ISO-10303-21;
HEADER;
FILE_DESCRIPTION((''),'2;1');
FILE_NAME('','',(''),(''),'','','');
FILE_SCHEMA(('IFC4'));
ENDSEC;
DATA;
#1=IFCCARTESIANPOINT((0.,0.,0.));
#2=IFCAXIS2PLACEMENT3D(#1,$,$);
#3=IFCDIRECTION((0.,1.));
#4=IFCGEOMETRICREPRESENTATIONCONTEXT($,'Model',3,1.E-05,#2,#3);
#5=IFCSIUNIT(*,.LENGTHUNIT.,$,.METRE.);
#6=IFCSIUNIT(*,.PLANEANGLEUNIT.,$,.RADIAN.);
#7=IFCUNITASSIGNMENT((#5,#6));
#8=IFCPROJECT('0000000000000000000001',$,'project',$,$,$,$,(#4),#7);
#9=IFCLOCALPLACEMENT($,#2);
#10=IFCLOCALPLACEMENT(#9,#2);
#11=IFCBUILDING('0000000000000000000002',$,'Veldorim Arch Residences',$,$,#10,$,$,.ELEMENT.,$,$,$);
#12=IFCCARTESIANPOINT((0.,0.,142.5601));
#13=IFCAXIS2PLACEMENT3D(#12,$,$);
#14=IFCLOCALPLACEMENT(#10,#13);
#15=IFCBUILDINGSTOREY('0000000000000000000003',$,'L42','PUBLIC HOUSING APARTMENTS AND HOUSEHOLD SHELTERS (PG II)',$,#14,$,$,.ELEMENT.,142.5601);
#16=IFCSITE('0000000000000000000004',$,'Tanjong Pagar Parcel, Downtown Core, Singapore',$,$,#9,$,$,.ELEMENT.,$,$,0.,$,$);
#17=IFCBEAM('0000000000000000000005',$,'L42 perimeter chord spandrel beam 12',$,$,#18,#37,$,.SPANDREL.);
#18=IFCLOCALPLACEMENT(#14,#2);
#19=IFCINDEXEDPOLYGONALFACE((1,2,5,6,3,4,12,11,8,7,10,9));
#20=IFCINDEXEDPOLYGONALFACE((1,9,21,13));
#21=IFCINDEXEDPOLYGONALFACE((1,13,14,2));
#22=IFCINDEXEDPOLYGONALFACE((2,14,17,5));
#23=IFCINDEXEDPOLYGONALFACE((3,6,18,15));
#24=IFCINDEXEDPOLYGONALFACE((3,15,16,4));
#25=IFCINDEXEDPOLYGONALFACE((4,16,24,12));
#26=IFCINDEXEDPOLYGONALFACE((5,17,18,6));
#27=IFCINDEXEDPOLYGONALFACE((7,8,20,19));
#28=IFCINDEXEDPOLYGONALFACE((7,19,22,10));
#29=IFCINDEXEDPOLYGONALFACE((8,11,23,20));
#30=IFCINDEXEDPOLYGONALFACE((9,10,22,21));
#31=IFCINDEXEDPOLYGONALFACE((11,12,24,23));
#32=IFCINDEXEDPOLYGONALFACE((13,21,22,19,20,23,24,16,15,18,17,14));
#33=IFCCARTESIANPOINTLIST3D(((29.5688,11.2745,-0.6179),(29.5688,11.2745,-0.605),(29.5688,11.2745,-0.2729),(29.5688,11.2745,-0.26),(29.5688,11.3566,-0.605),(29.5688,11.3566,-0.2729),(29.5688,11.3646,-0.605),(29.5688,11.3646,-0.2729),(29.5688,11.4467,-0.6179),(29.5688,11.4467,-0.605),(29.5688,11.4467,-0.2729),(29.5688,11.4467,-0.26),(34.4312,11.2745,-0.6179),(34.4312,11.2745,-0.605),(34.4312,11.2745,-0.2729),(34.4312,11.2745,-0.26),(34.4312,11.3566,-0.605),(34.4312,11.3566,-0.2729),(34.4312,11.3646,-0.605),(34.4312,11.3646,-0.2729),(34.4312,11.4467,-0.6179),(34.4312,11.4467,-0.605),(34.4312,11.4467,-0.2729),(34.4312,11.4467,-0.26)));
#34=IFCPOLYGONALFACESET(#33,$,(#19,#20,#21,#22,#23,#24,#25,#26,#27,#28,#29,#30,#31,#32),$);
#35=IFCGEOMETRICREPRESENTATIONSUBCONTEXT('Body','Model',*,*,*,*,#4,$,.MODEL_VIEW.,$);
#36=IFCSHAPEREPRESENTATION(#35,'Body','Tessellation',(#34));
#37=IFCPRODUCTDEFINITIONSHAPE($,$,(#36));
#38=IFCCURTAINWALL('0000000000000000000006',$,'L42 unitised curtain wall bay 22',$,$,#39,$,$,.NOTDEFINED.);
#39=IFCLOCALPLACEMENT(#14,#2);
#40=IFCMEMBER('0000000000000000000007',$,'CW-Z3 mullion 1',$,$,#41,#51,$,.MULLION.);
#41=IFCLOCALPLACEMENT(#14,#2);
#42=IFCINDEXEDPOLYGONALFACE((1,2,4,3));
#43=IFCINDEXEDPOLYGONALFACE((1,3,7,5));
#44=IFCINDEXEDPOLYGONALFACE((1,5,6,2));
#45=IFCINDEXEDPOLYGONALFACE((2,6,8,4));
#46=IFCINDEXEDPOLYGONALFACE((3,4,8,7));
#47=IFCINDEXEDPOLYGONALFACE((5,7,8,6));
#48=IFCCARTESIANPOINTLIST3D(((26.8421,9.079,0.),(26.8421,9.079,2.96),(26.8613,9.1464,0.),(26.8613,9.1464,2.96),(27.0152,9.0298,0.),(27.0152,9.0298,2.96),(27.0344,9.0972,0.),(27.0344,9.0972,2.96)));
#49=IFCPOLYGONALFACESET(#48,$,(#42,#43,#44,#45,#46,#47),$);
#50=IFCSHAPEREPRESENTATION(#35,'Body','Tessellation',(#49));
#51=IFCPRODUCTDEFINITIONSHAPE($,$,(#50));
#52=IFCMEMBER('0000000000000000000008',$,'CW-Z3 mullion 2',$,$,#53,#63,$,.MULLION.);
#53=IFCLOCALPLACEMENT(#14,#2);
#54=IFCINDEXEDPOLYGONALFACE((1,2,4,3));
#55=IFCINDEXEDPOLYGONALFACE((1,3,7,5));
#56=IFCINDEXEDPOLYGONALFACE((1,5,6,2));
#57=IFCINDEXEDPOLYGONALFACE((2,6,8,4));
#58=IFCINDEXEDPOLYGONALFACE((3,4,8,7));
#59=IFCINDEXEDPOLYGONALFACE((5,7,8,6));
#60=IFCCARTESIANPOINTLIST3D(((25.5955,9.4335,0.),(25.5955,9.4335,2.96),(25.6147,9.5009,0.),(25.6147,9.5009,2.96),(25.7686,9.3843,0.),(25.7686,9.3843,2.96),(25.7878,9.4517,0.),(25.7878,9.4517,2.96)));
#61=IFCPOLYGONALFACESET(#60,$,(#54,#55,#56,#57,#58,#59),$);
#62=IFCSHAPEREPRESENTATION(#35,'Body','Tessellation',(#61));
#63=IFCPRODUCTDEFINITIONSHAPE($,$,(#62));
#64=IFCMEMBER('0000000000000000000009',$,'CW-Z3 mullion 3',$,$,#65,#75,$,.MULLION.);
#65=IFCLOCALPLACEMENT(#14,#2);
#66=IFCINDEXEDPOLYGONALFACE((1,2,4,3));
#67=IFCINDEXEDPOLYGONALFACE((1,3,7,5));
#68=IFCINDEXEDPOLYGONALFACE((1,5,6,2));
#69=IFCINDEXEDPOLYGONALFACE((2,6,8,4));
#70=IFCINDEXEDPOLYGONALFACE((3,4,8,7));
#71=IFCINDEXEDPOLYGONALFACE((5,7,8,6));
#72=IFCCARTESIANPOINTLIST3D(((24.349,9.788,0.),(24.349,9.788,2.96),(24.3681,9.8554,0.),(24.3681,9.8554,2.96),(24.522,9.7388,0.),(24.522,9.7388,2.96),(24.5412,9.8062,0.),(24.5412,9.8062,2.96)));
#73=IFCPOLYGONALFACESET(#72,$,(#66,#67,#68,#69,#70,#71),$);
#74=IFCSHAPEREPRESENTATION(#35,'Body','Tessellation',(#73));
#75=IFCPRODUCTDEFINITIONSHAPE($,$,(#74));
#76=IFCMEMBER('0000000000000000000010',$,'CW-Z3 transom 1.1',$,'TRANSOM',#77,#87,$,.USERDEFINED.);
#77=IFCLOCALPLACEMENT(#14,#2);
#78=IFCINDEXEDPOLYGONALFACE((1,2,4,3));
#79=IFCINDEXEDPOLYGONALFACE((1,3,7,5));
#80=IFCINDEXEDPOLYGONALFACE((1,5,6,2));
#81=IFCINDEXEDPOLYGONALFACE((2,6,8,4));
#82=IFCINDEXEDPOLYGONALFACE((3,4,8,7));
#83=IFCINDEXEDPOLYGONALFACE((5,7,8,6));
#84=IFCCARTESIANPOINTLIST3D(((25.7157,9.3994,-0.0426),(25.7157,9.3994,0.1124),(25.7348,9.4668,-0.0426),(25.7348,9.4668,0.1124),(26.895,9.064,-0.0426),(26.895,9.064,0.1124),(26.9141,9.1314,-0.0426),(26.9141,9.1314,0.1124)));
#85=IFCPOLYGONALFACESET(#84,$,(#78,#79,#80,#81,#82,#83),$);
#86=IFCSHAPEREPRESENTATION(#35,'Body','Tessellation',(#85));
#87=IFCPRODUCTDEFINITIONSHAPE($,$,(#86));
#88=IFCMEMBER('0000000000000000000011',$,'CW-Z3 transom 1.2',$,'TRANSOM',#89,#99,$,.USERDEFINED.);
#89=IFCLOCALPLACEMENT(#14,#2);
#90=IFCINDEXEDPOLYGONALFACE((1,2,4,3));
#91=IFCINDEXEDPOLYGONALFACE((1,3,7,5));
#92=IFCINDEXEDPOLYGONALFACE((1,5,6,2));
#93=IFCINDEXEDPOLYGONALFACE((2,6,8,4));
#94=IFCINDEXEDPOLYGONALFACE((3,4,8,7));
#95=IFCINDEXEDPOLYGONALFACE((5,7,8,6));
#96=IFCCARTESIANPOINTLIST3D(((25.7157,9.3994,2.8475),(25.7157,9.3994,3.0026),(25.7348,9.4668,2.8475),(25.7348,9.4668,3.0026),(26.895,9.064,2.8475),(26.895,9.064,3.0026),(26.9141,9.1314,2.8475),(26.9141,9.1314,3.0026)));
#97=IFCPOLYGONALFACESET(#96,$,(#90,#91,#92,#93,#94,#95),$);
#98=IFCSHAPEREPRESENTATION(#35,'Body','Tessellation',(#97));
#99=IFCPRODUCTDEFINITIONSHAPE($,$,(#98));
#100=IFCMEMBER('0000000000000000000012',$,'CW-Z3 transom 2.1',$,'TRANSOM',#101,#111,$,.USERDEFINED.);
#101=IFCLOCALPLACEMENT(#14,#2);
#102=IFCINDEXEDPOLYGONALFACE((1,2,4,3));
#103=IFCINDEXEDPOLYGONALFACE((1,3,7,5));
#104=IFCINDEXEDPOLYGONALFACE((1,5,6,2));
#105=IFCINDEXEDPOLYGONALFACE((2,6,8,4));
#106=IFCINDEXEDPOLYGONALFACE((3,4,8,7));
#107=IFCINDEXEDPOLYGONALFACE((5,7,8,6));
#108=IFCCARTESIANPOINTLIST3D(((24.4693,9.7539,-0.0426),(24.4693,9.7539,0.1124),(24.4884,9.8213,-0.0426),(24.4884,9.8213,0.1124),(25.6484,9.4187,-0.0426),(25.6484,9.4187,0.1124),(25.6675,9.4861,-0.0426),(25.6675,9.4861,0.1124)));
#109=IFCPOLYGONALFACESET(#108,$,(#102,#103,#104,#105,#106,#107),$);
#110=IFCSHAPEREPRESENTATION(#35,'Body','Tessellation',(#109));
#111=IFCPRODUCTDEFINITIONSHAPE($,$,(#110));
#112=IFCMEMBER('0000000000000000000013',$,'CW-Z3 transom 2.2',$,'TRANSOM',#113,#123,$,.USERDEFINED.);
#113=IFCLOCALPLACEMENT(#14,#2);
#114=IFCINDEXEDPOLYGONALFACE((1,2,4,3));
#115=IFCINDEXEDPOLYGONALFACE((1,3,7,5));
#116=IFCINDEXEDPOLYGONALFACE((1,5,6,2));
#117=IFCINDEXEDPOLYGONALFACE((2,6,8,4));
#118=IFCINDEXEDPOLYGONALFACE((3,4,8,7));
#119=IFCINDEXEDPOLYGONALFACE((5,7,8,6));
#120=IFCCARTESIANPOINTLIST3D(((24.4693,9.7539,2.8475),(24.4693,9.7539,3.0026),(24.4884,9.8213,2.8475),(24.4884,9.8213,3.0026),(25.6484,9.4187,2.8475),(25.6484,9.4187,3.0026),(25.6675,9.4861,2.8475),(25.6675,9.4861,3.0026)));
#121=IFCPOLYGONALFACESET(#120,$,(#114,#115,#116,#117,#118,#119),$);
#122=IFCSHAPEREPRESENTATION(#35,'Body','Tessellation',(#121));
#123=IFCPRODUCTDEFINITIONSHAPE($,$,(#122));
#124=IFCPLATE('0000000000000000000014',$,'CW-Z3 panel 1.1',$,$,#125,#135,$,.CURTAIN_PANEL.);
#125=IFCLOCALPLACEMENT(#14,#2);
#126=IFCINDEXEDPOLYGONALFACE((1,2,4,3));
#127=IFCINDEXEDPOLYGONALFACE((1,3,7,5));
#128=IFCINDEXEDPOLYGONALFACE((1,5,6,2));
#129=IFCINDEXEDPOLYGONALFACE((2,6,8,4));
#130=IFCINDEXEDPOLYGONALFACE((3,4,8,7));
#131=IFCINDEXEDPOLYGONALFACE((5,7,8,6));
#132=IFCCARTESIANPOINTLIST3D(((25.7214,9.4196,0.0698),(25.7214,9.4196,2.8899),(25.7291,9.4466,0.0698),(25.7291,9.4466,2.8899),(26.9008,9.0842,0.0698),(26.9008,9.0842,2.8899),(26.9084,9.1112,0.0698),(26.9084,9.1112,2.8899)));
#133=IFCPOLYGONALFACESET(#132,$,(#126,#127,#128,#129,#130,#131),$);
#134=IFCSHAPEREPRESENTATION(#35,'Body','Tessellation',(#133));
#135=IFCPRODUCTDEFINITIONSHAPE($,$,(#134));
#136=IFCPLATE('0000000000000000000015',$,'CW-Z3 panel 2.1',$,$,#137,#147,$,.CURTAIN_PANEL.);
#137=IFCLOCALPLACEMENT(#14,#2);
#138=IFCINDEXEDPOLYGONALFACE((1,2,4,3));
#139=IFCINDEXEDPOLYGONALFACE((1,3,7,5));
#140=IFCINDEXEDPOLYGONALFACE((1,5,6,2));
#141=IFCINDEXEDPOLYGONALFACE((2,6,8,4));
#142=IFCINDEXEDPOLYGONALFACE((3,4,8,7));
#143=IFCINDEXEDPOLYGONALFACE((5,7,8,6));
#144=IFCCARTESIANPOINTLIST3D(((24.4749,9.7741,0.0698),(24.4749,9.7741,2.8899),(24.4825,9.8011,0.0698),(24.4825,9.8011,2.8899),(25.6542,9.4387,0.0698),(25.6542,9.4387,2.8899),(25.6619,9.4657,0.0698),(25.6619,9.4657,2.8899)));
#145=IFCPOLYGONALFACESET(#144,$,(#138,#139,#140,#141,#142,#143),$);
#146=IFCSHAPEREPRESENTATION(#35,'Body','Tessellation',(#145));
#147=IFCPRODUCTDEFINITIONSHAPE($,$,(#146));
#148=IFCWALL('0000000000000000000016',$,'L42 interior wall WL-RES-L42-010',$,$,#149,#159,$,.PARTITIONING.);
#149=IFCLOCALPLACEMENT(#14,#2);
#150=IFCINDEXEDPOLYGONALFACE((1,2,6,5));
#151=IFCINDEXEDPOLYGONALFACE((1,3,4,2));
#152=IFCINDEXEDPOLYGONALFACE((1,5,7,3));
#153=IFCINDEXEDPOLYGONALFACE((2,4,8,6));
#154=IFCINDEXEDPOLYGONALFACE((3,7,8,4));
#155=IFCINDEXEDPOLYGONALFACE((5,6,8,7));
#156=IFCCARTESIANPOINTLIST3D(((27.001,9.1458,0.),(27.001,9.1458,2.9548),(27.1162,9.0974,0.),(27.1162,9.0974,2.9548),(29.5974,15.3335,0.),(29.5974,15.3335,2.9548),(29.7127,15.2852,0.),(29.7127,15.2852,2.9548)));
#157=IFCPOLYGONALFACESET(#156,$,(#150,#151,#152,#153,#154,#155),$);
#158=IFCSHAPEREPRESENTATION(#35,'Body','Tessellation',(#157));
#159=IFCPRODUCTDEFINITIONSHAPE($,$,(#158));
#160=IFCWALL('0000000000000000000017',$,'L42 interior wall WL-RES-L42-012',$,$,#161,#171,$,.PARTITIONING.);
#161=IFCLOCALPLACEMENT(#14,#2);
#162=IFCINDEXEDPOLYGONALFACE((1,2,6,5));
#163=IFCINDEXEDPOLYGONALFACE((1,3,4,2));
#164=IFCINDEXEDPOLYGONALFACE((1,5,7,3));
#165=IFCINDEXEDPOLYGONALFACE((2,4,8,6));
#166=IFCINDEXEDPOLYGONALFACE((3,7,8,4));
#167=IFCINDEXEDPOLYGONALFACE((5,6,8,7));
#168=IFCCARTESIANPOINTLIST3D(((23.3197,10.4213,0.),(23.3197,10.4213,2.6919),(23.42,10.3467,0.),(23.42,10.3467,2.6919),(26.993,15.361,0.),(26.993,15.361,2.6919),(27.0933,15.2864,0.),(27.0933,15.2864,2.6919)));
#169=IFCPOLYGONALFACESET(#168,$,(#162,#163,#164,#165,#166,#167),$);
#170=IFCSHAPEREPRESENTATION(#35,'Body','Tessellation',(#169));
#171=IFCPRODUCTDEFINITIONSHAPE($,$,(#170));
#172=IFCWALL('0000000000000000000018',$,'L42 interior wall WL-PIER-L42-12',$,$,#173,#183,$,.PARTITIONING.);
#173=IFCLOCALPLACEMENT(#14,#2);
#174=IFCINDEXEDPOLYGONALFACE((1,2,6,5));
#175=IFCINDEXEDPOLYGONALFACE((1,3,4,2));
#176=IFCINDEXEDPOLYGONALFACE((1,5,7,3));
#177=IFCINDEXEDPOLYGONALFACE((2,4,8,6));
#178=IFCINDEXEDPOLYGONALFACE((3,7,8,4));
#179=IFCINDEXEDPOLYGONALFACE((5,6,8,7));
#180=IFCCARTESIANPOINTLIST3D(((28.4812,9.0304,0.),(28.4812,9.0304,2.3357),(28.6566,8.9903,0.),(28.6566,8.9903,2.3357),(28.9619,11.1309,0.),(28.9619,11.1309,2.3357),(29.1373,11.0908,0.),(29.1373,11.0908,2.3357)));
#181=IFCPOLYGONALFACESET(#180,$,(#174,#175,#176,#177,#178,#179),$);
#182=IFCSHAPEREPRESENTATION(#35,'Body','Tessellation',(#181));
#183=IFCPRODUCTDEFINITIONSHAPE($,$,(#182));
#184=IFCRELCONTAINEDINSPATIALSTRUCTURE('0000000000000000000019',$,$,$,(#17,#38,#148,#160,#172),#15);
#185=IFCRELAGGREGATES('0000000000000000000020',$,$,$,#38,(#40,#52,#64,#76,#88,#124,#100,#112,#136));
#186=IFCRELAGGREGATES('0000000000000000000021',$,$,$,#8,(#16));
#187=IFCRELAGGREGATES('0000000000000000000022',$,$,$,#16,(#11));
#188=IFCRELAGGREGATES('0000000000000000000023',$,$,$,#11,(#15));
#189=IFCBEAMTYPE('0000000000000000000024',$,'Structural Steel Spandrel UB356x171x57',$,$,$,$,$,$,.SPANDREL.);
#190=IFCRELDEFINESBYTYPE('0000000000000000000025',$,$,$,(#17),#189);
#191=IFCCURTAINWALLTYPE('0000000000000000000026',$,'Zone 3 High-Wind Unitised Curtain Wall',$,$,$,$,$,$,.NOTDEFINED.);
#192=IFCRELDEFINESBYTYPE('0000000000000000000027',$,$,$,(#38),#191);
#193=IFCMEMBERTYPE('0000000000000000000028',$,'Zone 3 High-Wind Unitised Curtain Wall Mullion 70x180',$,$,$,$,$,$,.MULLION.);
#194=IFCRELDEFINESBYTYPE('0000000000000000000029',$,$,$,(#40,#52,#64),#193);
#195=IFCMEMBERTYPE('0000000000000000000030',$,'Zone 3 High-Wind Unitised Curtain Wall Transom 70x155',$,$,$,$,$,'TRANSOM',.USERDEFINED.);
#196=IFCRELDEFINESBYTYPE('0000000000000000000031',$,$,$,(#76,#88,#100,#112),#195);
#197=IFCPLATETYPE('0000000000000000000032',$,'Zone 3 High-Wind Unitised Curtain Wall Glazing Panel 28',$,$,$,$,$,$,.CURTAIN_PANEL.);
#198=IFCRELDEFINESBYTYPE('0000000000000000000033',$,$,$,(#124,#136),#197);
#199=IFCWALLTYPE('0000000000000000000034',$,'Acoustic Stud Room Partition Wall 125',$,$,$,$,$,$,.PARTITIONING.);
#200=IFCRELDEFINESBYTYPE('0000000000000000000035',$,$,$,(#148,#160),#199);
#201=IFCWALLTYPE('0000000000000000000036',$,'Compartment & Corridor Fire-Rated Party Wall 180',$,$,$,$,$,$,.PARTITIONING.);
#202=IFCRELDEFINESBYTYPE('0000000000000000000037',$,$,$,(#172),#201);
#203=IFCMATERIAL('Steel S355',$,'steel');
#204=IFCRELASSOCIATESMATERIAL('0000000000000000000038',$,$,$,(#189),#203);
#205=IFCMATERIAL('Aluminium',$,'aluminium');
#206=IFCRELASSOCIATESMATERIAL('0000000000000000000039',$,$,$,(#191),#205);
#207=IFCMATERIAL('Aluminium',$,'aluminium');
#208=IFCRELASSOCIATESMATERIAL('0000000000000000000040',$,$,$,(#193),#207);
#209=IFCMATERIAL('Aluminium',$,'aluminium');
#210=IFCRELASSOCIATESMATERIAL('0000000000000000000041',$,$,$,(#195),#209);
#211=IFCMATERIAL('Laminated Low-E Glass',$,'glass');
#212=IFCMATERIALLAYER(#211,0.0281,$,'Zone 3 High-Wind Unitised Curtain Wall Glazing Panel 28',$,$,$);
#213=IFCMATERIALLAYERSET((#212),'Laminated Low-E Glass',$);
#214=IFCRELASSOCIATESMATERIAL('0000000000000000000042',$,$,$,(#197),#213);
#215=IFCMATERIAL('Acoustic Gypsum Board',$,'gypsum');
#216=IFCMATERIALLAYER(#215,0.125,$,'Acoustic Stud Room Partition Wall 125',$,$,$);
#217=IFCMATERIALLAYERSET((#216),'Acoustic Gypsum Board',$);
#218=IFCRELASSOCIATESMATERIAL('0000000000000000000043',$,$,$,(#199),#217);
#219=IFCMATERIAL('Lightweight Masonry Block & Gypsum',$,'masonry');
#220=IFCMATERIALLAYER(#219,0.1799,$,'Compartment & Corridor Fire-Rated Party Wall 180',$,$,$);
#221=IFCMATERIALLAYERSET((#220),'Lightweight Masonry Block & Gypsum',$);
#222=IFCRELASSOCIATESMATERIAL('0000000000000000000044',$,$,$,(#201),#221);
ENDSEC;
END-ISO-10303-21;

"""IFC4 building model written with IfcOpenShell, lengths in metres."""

from ifc_helpers import new_model, si_unit, direction, frame, frame_2d, origin, origin_2d, place, context, subcontext, project, spatial, rectangle, i_section, extrude, material, layer, layer_set, material_profile, profile_set, type_object, element, aggregate, save


model = new_model("IFC4")

# Units and contexts
model_context = context("Model", 3, precision=1e-05, world=origin(), true_north=direction((0.0, 1.0)))
body_context = subcontext(model_context, "Body", "Model", "MODEL_VIEW")
ifc_project = project(units=[si_unit("LENGTHUNIT", "METRE"), si_unit("PLANEANGLEUNIT", "RADIAN")], contexts=[model_context])

# Site, building, storey
site_placement = place(None, origin())
site = spatial("IfcSite", under=ifc_project, at=site_placement, Name="Tanjong Pagar Parcel, Downtown Core, Singapore", CompositionType="ELEMENT", RefElevation=0.0)
building_placement = place(site_placement, origin())
building = spatial("IfcBuilding", under=site, at=building_placement, Name="Veldorim Arch Residences", CompositionType="ELEMENT")
storey_placement = place(building_placement, frame((0.0, 0.0, 142.5601)))
storey = spatial("IfcBuildingStorey", under=building, at=storey_placement, Name="L42", Description="PUBLIC HOUSING APARTMENTS AND HOUSEHOLD SHELTERS (PG II)", CompositionType="ELEMENT", Elevation=142.5601)

# Beam
ifc_material_1 = material(Name="Steel S355", Category="steel")
ifc_material_profile_1 = material_profile(ifc_material_1, i_section(OverallWidth=0.1721, OverallDepth=0.3579, WebThickness=0.0081, FlangeThickness=0.0129, at=origin_2d()), Name="UB356x171x57")
ifc_profile_set_1 = profile_set([ifc_material_profile_1], Name="Steel S355")
beam_type = type_object("IfcBeamType", Name="Structural Steel Spandrel UB356x171x57", PredefinedType="SPANDREL", material=ifc_profile_set_1)
beam_placement = place(storey_placement, frame((29.5688, 11.3606, -0.439), z_axis=(1.0, 0.0, 0.0), x_axis=(0.0, 1.0, 0.0)))
element("IfcBeam", 1, at=beam_placement, inside=storey, type_object=beam_type, Name="L42 perimeter chord spandrel beam 12", PredefinedType="SPANDREL", context=body_context, shape_type="SweptSolid", body=[
    extrude(i_section(OverallWidth=0.1721, OverallDepth=0.3579, WebThickness=0.0081, FlangeThickness=0.0129, at=origin_2d()), origin(), (0.0, 0.0, 1.0), 4.8623),
])

# Curtain wall, members, plates
ifc_material_2 = material(Name="Aluminium", Category="aluminium")
curtain_wall_type = type_object("IfcCurtainWallType", Name="Zone 3 High-Wind Unitised Curtain Wall", PredefinedType="NOTDEFINED", material=ifc_material_2)
curtain_wall_placement = place(storey_placement, origin())
curtain_wall = element("IfcCurtainWall", 2, at=curtain_wall_placement, inside=storey, type_object=curtain_wall_type, Name="L42 unitised curtain wall bay 22", PredefinedType="NOTDEFINED")
ifc_material_3 = material(Name="Aluminium", Category="aluminium")
ifc_material_profile_2 = material_profile(ifc_material_3, rectangle(XDim=0.0701, YDim=0.1799, at=origin_2d()), Name="ALU_MUL_70x180")
ifc_profile_set_2 = profile_set([ifc_material_profile_2], Name="Aluminium")
member_type_1 = type_object("IfcMemberType", Name="Zone 3 High-Wind Unitised Curtain Wall Mullion 70x180", PredefinedType="MULLION", material=ifc_profile_set_2)
member_1_placement = place(storey_placement, frame((26.9382, 9.0881, 0.0), z_axis=(0.0, 0.0, 1.0), x_axis=(-0.27355, -0.961858, 0.0)))
member_1 = element("IfcMember", 3, at=member_1_placement, type_object=member_type_1, Name="CW-Z3 mullion 1", PredefinedType="MULLION", context=body_context, shape_type="SweptSolid", body=[
    extrude(rectangle(XDim=0.0701, YDim=0.1799, at=origin_2d()), origin(), (0.0, 0.0, 1.0), 2.96),
])
member_2_placement = place(storey_placement, frame((25.6917, 9.4426, 0.0), z_axis=(0.0, 0.0, 1.0), x_axis=(-0.27355, -0.961858, 0.0)))
member_2 = element("IfcMember", 4, at=member_2_placement, type_object=member_type_1, Name="CW-Z3 mullion 2", PredefinedType="MULLION", context=body_context, shape_type="SweptSolid", body=[
    extrude(rectangle(XDim=0.0701, YDim=0.1799, at=origin_2d()), origin(), (0.0, 0.0, 1.0), 2.96),
])
member_3_placement = place(storey_placement, frame((24.4451, 9.7971, 0.0), z_axis=(0.0, 0.0, 1.0), x_axis=(-0.27355, -0.961858, 0.0)))
member_3 = element("IfcMember", 5, at=member_3_placement, type_object=member_type_1, Name="CW-Z3 mullion 3", PredefinedType="MULLION", context=body_context, shape_type="SweptSolid", body=[
    extrude(rectangle(XDim=0.0701, YDim=0.1799, at=origin_2d()), origin(), (0.0, 0.0, 1.0), 2.96),
])
ifc_material_4 = material(Name="Aluminium", Category="aluminium")
ifc_material_profile_3 = material_profile(ifc_material_4, rectangle(XDim=0.0701, YDim=0.155, at=origin_2d()), Name="ALU_TRN_70x155")
ifc_profile_set_3 = profile_set([ifc_material_profile_3], Name="Aluminium")
member_type_2 = type_object("IfcMemberType", Name="Zone 3 High-Wind Unitised Curtain Wall Transom 70x155", ElementType="TRANSOM", PredefinedType="USERDEFINED", material=ifc_profile_set_3)
member_4_placement = place(storey_placement, frame((26.9045, 9.0977, 0.0349), z_axis=(-0.961839, 0.273616, 0.0), x_axis=(-0.273616, -0.961839, 0.0)))
member_4 = element("IfcMember", 6, at=member_4_placement, type_object=member_type_2, Name="CW-Z3 transom 1.1", ObjectType="TRANSOM", PredefinedType="USERDEFINED", context=body_context, shape_type="SweptSolid", body=[
    extrude(rectangle(XDim=0.0701, YDim=0.155, at=origin_2d()), origin(), (0.0, 0.0, 1.0), 1.2261),
])
member_5_placement = place(storey_placement, frame((26.9045, 9.0977, 2.925), z_axis=(-0.961839, 0.273616, 0.0), x_axis=(-0.273616, -0.961839, 0.0)))
member_5 = element("IfcMember", 7, at=member_5_placement, type_object=member_type_2, Name="CW-Z3 transom 1.2", ObjectType="TRANSOM", PredefinedType="USERDEFINED", context=body_context, shape_type="SweptSolid", body=[
    extrude(rectangle(XDim=0.0701, YDim=0.155, at=origin_2d()), origin(), (0.0, 0.0, 1.0), 1.2261),
])
member_6_placement = place(storey_placement, frame((25.658, 9.4524, 0.0349), z_axis=(-0.961891, 0.273432, 0.0), x_axis=(-0.273432, -0.961891, 0.0)))
member_6 = element("IfcMember", 8, at=member_6_placement, type_object=member_type_2, Name="CW-Z3 transom 2.1", ObjectType="TRANSOM", PredefinedType="USERDEFINED", context=body_context, shape_type="SweptSolid", body=[
    extrude(rectangle(XDim=0.0701, YDim=0.155, at=origin_2d()), origin(), (0.0, 0.0, 1.0), 1.2258),
])
member_7_placement = place(storey_placement, frame((25.658, 9.4524, 2.925), z_axis=(-0.961891, 0.273432, 0.0), x_axis=(-0.273432, -0.961891, 0.0)))
member_7 = element("IfcMember", 9, at=member_7_placement, type_object=member_type_2, Name="CW-Z3 transom 2.2", ObjectType="TRANSOM", PredefinedType="USERDEFINED", context=body_context, shape_type="SweptSolid", body=[
    extrude(rectangle(XDim=0.0701, YDim=0.155, at=origin_2d()), origin(), (0.0, 0.0, 1.0), 1.2258),
])
ifc_material_5 = material(Name="Laminated Low-E Glass", Category="glass")
ifc_layer_1 = layer(ifc_material_5, 0.0281, Name="Zone 3 High-Wind Unitised Curtain Wall Glazing Panel 28")
ifc_layer_set_1 = layer_set([ifc_layer_1], Name="Laminated Low-E Glass")
plate_type = type_object("IfcPlateType", Name="Zone 3 High-Wind Unitised Curtain Wall Glazing Panel 28", PredefinedType="CURTAIN_PANEL", material=ifc_layer_set_1)
plate_1_placement = place(storey_placement, frame((26.3149, 9.2654, 0.0698), z_axis=(0.0, 0.0, 1.0), x_axis=(-0.961858, 0.27355, 0.0)))
plate_1 = element("IfcPlate", 10, at=plate_1_placement, type_object=plate_type, Name="CW-Z3 panel 1.1", PredefinedType="CURTAIN_PANEL", context=body_context, shape_type="SweptSolid", body=[
    extrude(rectangle(XDim=1.2261, YDim=0.0281, at=origin_2d()), origin(), (0.0, 0.0, 1.0), 2.8201),
])
plate_2_placement = place(storey_placement, frame((25.0684, 9.6199, 0.0698), z_axis=(0.0, 0.0, 1.0), x_axis=(-0.961858, 0.27355, 0.0)))
plate_2 = element("IfcPlate", 11, at=plate_2_placement, type_object=plate_type, Name="CW-Z3 panel 2.1", PredefinedType="CURTAIN_PANEL", context=body_context, shape_type="SweptSolid", body=[
    extrude(rectangle(XDim=1.2261, YDim=0.0281, at=origin_2d()), origin(), (0.0, 0.0, 1.0), 2.8201),
])
aggregate(curtain_wall, [member_1, member_2, member_3, member_4, member_5, plate_1, member_6, member_7, plate_2])

# Walls
ifc_material_6 = material(Name="Acoustic Gypsum Board", Category="gypsum")
ifc_layer_2 = layer(ifc_material_6, 0.125, Name="Acoustic Stud Room Partition Wall 125")
ifc_layer_set_2 = layer_set([ifc_layer_2], Name="Acoustic Gypsum Board")
wall_type_1 = type_object("IfcWallType", Name="Acoustic Stud Room Partition Wall 125", PredefinedType="PARTITIONING", material=ifc_layer_set_2)
wall_1_placement = place(storey_placement, frame((27.0586, 9.1216, 0.0), z_axis=(0.0, 0.0, 1.0), x_axis=(0.386926, 0.922111, 0.0)))
element("IfcWall", 12, at=wall_1_placement, inside=storey, type_object=wall_type_1, Name="L42 interior wall WL-RES-L42-010", PredefinedType="PARTITIONING", context=body_context, shape_type="SweptSolid", body=[
    extrude(rectangle(XDim=6.7104, YDim=0.125, at=frame_2d((3.3552, 0.0))), origin(), (0.0, 0.0, 1.0), 2.9548),
])
wall_2_placement = place(storey_placement, frame((23.3699, 10.384, 0.0), z_axis=(0.0, 0.0, 1.0), x_axis=(0.596727, 0.802444, 0.0)))
element("IfcWall", 13, at=wall_2_placement, inside=storey, type_object=wall_type_1, Name="L42 interior wall WL-RES-L42-012", PredefinedType="PARTITIONING", context=body_context, shape_type="SweptSolid", body=[
    extrude(rectangle(XDim=6.1558, YDim=0.125, at=frame_2d((3.0779, 0.0))), origin(), (0.0, 0.0, 1.0), 2.6919),
])
ifc_material_7 = material(Name="Lightweight Masonry Block & Gypsum", Category="masonry")
ifc_layer_3 = layer(ifc_material_7, 0.1799, Name="Compartment & Corridor Fire-Rated Party Wall 180")
ifc_layer_set_3 = layer_set([ifc_layer_3], Name="Lightweight Masonry Block & Gypsum")
wall_type_2 = type_object("IfcWallType", Name="Compartment & Corridor Fire-Rated Party Wall 180", PredefinedType="PARTITIONING", material=ifc_layer_set_3)
wall_3_placement = place(storey_placement, frame((29.0496, 11.1108, 0.0), z_axis=(0.0, 0.0, 1.0), x_axis=(-0.22308, -0.9748, 0.0)))
element("IfcWall", 14, at=wall_3_placement, inside=storey, type_object=wall_type_2, Name="L42 interior wall WL-PIER-L42-12", PredefinedType="PARTITIONING", context=body_context, shape_type="SweptSolid", body=[
    extrude(rectangle(XDim=2.1548, YDim=0.1799, at=frame_2d((1.0774, 0.0))), origin(), (0.0, 0.0, 1.0), 2.3357),
])

save(model, "model.ifc")
